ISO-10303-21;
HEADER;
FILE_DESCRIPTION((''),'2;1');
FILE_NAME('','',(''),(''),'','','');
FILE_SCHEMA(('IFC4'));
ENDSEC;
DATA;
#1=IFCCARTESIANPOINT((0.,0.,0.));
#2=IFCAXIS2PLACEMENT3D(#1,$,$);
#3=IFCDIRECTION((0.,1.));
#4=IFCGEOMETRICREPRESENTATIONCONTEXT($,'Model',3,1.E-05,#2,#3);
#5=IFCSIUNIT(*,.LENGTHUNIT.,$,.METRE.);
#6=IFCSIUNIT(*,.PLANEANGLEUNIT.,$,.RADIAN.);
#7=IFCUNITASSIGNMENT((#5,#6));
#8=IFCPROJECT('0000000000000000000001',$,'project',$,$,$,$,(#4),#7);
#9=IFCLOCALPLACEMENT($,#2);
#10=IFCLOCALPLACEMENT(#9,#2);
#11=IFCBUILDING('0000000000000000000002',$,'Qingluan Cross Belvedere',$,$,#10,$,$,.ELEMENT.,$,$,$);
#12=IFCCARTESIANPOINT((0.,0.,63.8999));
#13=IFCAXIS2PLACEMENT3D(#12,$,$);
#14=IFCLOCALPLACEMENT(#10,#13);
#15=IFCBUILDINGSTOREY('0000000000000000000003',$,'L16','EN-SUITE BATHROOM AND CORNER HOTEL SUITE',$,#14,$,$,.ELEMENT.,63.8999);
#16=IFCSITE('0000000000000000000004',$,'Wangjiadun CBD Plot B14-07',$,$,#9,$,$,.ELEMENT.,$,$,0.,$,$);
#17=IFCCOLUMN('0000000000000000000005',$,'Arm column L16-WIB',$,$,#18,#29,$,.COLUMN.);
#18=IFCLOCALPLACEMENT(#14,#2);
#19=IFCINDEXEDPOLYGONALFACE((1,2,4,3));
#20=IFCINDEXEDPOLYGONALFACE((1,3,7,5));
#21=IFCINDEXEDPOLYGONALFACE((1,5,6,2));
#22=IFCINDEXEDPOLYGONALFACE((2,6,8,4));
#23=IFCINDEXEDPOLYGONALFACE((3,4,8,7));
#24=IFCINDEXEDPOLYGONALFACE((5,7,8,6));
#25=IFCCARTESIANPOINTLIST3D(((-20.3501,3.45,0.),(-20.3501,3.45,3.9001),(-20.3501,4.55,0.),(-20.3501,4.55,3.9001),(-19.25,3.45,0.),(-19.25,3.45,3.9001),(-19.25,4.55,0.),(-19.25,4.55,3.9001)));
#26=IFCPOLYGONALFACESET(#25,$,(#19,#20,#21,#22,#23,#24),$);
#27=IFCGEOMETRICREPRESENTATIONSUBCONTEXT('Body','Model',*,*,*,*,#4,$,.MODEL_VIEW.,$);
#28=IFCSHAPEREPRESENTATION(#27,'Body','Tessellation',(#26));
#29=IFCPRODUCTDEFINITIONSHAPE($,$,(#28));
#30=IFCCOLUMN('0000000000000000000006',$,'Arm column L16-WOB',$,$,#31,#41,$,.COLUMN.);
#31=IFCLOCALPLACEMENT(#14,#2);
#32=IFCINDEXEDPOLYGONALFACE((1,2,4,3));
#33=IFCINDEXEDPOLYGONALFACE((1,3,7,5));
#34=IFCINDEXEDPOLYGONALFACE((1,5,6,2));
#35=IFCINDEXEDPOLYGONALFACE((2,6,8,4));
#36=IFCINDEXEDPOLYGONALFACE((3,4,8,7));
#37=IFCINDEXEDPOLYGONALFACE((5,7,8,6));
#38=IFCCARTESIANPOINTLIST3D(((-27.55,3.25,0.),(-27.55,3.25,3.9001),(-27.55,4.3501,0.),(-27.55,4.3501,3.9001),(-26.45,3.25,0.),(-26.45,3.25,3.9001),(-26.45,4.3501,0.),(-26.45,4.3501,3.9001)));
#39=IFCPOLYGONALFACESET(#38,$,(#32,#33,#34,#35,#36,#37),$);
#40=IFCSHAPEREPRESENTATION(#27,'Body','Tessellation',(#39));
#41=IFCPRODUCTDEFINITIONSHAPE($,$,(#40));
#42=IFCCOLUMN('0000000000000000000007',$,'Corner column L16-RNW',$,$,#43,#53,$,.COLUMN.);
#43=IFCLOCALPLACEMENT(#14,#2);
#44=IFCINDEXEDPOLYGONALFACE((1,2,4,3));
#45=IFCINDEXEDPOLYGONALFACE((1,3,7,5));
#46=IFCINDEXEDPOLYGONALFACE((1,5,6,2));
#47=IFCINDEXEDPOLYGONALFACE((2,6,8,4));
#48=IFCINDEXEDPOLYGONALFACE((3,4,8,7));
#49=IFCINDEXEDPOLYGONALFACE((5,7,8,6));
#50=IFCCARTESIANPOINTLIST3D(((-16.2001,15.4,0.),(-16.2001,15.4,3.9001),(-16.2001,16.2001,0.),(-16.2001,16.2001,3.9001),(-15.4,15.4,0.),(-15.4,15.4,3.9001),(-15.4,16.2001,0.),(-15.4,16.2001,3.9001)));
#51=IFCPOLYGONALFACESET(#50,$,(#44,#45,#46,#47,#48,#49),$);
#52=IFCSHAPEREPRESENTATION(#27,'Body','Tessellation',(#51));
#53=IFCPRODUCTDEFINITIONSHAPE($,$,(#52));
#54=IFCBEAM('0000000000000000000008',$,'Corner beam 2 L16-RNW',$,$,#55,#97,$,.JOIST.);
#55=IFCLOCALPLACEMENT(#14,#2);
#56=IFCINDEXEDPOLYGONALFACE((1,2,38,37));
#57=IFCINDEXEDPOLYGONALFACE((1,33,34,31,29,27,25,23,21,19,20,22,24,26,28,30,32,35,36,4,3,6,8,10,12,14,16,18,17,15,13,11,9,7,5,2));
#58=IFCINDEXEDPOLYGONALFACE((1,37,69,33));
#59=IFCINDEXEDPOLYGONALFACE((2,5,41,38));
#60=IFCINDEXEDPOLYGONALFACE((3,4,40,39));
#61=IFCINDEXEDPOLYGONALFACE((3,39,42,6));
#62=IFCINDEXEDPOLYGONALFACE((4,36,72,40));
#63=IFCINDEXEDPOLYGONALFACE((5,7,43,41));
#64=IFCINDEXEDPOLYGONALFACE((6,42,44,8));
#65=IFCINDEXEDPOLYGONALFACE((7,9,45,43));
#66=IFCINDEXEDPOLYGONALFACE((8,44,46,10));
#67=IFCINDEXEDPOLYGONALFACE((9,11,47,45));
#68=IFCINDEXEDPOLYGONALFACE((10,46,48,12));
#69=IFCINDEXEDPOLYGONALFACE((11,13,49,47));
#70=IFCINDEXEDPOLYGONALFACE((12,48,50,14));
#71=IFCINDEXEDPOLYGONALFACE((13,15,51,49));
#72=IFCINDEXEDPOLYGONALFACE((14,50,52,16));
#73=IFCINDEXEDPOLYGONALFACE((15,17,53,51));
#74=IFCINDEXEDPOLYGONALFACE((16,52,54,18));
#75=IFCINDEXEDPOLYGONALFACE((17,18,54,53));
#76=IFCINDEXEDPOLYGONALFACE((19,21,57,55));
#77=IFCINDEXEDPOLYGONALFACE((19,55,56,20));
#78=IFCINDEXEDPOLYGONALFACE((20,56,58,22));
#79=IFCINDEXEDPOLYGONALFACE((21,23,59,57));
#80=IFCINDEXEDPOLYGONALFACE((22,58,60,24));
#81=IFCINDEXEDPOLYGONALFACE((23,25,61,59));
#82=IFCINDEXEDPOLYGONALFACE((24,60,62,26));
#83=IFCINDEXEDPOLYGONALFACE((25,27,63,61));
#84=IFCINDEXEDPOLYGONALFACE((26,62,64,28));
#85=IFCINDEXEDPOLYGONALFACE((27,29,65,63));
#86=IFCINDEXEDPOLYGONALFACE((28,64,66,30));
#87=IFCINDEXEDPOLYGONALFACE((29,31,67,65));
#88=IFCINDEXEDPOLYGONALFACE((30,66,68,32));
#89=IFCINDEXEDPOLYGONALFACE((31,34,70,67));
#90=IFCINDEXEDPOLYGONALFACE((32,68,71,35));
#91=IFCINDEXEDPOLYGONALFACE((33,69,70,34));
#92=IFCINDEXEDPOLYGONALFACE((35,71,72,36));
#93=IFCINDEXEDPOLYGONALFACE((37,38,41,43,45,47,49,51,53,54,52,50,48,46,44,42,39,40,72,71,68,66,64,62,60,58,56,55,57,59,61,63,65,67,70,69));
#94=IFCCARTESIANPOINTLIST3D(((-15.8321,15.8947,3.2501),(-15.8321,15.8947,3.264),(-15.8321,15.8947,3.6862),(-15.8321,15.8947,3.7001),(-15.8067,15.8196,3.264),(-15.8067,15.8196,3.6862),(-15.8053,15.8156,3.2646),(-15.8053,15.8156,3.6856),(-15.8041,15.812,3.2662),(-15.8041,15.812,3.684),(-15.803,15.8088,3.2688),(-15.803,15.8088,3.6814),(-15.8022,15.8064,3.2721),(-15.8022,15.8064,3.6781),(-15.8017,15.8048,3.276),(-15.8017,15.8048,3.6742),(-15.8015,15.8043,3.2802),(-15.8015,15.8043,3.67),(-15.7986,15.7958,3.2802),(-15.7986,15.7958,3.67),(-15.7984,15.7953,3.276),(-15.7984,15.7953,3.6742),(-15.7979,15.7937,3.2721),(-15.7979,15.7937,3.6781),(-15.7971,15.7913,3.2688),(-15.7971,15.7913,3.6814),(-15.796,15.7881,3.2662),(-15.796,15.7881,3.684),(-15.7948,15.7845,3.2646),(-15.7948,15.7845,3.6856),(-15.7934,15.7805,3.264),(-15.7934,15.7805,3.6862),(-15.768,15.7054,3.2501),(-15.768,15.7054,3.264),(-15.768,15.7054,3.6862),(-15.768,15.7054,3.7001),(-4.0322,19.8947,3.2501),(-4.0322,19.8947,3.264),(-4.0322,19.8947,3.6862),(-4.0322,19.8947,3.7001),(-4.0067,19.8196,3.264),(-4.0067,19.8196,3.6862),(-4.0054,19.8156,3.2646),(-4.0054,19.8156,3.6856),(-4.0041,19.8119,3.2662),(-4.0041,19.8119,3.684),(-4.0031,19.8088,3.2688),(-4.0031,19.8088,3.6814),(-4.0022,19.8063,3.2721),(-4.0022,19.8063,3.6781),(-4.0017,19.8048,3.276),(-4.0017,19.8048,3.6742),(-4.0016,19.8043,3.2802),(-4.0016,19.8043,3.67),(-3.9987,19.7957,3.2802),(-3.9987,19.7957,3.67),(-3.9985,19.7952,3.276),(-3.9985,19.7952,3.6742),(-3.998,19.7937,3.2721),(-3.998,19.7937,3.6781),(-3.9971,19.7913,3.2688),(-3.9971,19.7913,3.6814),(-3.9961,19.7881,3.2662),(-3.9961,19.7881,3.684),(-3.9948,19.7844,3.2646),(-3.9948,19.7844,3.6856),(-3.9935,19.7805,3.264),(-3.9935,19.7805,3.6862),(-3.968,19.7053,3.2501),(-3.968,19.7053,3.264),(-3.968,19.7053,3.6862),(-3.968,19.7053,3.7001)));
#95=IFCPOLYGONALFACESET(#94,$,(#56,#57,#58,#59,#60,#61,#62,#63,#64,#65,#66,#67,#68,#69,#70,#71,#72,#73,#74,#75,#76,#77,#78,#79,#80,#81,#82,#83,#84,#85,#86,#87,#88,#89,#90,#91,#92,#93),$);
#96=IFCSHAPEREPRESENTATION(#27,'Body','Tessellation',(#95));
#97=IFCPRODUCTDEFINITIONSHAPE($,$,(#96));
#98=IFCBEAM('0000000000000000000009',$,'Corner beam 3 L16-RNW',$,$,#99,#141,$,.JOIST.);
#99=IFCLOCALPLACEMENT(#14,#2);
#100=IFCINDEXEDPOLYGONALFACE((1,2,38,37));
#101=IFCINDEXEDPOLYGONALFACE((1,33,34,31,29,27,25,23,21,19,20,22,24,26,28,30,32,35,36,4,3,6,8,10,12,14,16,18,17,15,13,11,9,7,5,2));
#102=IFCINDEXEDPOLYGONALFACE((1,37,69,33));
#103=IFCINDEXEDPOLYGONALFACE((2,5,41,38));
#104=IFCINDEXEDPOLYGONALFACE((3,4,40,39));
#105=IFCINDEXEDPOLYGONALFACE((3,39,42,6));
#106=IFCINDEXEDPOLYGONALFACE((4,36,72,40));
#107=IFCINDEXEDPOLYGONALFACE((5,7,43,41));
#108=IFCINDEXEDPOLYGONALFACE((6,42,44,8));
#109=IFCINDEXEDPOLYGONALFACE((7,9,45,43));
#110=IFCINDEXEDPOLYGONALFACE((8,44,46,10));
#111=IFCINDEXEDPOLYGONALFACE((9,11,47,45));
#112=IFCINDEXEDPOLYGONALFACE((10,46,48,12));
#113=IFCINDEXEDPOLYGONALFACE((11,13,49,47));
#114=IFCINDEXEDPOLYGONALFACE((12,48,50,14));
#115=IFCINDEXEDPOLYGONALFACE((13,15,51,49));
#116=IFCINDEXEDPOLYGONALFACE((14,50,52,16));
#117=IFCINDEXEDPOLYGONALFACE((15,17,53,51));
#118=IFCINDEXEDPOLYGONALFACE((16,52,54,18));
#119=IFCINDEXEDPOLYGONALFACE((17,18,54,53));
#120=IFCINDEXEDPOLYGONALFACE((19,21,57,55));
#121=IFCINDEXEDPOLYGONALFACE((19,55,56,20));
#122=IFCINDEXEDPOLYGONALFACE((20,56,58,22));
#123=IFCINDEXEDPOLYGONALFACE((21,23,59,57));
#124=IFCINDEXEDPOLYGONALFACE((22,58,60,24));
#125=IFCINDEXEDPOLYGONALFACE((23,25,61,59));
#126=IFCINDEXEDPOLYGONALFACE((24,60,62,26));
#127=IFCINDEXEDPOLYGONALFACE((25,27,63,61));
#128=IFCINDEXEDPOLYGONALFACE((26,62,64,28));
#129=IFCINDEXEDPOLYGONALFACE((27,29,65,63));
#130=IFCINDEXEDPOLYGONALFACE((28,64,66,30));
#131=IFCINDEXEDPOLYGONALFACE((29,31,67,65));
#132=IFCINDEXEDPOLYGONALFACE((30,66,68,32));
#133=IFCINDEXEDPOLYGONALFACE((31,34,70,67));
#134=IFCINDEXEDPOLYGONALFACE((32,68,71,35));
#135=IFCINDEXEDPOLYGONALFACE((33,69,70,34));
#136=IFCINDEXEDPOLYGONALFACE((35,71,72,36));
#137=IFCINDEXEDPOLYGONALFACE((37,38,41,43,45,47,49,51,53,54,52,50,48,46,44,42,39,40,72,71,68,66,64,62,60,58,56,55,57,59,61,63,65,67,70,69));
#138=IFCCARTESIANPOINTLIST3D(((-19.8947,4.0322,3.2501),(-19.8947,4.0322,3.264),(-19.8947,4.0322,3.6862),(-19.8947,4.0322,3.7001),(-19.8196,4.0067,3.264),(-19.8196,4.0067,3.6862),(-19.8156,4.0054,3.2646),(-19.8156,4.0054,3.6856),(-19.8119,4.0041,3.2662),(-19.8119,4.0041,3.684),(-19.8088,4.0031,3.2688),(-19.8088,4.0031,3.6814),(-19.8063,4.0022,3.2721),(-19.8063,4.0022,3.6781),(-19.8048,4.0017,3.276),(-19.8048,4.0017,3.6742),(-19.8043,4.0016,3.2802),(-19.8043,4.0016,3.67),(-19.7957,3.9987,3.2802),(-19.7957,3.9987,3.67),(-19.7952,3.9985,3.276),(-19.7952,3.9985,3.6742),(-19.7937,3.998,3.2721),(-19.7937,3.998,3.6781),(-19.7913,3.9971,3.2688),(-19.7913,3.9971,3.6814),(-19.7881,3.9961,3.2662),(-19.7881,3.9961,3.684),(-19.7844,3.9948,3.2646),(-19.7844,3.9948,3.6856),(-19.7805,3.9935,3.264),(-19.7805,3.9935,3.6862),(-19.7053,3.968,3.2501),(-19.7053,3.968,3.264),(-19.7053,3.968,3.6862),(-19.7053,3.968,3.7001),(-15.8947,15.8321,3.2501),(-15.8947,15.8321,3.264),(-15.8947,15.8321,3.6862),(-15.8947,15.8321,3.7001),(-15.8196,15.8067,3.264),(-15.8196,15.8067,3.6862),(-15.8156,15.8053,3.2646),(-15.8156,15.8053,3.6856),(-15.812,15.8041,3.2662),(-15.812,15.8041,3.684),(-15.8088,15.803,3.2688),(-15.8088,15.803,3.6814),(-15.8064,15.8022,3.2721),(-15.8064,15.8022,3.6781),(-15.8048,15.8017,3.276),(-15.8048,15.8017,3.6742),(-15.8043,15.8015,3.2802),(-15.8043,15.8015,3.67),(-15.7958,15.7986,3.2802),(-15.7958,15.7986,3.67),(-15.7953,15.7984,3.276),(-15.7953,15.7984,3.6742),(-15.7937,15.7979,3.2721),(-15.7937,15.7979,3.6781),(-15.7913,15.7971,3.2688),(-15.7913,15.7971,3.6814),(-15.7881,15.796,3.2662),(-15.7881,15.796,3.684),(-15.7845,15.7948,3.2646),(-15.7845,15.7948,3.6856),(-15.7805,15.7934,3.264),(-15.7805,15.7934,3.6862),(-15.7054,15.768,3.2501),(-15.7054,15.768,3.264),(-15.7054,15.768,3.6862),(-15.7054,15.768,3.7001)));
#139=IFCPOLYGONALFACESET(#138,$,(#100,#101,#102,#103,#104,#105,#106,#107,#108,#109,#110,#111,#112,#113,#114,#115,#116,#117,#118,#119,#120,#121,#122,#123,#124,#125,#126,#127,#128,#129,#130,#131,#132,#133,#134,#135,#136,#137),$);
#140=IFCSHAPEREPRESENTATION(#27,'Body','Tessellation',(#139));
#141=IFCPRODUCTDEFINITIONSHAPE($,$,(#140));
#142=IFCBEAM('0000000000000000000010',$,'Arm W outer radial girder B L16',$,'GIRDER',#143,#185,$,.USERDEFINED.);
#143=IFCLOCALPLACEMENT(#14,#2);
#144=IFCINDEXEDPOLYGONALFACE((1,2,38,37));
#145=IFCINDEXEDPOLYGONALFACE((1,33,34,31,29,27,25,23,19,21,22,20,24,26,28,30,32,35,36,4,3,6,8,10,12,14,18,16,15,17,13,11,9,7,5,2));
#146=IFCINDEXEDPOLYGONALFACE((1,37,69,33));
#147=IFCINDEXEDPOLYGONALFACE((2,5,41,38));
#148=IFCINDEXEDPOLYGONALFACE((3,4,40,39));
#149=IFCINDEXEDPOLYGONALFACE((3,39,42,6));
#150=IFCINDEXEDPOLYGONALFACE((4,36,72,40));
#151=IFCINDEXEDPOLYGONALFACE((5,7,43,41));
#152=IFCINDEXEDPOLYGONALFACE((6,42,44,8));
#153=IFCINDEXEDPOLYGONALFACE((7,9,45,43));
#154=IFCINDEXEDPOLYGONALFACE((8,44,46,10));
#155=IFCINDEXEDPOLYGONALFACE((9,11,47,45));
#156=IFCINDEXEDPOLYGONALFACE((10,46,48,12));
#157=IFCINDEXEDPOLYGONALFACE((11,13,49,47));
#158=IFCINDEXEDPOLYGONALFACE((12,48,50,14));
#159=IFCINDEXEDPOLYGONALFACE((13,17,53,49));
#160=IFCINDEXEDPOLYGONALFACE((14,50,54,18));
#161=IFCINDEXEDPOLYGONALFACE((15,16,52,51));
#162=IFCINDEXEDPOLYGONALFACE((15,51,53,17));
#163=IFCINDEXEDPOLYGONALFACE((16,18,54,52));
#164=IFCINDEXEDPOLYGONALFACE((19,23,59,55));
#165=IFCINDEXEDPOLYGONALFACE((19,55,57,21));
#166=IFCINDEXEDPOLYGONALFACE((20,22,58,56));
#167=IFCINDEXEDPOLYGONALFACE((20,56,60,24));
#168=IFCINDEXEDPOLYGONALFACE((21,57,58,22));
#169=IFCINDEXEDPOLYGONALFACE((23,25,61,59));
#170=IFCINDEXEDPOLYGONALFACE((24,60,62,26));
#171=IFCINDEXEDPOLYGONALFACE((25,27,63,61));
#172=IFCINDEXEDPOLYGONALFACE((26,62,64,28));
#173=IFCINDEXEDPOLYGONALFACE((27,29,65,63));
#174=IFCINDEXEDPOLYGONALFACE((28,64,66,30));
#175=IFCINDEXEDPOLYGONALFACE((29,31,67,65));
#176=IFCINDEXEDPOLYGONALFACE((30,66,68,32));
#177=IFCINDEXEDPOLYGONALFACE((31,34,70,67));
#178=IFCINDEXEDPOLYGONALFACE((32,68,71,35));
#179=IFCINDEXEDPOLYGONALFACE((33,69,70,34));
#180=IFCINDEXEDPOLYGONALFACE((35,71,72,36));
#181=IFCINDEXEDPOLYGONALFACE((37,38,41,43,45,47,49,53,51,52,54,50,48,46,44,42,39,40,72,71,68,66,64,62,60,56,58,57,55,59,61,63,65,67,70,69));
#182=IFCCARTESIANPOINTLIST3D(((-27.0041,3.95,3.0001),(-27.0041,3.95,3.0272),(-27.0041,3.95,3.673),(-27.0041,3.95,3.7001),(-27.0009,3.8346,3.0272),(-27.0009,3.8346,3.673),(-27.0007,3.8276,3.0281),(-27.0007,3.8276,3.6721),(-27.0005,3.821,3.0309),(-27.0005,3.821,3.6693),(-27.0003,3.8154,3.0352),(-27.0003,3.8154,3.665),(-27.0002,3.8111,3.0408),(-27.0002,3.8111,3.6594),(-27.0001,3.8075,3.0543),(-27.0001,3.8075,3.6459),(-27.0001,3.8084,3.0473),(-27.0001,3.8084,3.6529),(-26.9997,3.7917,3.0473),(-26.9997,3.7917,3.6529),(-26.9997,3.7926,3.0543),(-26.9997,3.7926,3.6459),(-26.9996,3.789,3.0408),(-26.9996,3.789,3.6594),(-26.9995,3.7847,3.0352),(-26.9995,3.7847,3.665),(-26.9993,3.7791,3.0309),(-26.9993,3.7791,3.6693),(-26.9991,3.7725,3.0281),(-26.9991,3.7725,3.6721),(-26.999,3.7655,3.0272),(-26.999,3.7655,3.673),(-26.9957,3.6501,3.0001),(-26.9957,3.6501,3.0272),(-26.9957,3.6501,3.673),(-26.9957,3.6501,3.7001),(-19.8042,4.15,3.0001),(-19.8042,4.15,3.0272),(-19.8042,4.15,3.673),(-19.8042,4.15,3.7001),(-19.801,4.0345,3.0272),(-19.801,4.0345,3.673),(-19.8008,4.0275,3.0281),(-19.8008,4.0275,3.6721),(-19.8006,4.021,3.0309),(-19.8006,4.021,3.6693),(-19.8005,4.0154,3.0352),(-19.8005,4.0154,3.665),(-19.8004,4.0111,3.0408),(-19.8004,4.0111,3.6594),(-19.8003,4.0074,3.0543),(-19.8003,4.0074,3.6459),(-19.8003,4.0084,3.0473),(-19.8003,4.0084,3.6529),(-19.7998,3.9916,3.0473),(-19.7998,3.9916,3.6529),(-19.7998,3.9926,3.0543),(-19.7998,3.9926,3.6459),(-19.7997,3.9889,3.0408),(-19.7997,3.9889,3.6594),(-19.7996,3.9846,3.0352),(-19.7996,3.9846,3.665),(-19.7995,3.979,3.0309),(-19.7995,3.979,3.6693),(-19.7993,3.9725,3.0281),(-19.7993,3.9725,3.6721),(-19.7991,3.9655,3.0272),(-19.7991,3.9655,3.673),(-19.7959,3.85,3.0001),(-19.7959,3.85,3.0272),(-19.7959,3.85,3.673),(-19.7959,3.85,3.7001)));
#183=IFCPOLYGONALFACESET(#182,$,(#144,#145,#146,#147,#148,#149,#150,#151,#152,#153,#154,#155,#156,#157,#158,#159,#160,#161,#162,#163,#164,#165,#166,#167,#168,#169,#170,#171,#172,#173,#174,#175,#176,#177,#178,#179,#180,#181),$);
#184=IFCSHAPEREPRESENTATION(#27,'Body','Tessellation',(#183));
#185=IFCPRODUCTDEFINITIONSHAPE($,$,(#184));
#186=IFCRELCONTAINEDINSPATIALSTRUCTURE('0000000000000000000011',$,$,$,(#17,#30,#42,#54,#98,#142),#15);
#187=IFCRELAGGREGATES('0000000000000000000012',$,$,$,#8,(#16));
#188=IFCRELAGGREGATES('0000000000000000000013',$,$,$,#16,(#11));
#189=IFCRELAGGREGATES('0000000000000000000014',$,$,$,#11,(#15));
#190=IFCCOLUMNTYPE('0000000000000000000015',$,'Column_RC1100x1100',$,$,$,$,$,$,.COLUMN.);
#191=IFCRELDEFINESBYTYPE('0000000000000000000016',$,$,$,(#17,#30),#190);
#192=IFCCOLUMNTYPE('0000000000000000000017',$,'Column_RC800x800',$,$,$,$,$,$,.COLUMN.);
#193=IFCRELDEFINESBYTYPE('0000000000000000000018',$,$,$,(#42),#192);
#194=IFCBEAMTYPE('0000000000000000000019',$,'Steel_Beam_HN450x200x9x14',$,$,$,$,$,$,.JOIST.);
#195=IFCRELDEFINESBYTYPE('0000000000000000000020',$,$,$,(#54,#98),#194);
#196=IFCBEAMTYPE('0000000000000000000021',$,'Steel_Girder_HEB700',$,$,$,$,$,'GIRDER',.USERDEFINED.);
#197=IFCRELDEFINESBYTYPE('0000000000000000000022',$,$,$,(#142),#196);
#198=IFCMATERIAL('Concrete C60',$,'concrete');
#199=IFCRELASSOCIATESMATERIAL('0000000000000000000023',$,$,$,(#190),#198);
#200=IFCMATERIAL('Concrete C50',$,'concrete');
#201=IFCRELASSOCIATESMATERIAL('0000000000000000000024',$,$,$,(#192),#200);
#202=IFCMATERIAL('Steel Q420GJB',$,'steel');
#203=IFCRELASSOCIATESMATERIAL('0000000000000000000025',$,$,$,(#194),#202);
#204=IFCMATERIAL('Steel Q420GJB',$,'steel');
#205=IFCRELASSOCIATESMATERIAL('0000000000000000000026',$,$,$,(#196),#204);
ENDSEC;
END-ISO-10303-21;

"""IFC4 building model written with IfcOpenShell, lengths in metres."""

from ifc_helpers import new_model, si_unit, direction, frame, origin, origin_2d, place, context, subcontext, project, spatial, rectangle, i_section, extrude, material, material_profile, profile_set, type_object, element, save


model = new_model("IFC4")

# Units and contexts
model_context = context("Model", 3, precision=1e-05, world=origin(), true_north=direction((0.0, 1.0)))
body_context = subcontext(model_context, "Body", "Model", "MODEL_VIEW")
ifc_project = project(units=[si_unit("LENGTHUNIT", "METRE"), si_unit("PLANEANGLEUNIT", "RADIAN")], contexts=[model_context])

# Site, building, storey
site_placement = place(None, origin())
site = spatial("IfcSite", under=ifc_project, at=site_placement, Name="Wangjiadun CBD Plot B14-07", CompositionType="ELEMENT", RefElevation=0.0)
building_placement = place(site_placement, origin())
building = spatial("IfcBuilding", under=site, at=building_placement, Name="Qingluan Cross Belvedere", CompositionType="ELEMENT")
storey_placement = place(building_placement, frame((0.0, 0.0, 63.8999)))
storey = spatial("IfcBuildingStorey", under=building, at=storey_placement, Name="L16", Description="EN-SUITE BATHROOM AND CORNER HOTEL SUITE", CompositionType="ELEMENT", Elevation=63.8999)

# Columns
ifc_material_1 = material(Name="Concrete C60", Category="concrete")
ifc_material_profile_1 = material_profile(ifc_material_1, rectangle(XDim=1.1001, YDim=1.1001, at=origin_2d()), Name="RC1100x1100")
ifc_profile_set_1 = profile_set([ifc_material_profile_1], Name="Concrete C60")
column_type_1 = type_object("IfcColumnType", Name="Column_RC1100x1100", PredefinedType="COLUMN", material=ifc_profile_set_1)
for number, where, z_axis, x_axis, name in (
    (1, (-19.8, 4.0, 0.0), (0.0, 0.0, 1.0), (1.0, 0.0, 0.0), "Arm column L16-WIB"),
    (2, (-27.0, 3.8, 0.0), (0.0, 0.0, 1.0), (1.0, 0.0, 0.0), "Arm column L16-WOB"),
):
    element("IfcColumn", number, at=place(storey_placement, frame(where, z_axis=z_axis, x_axis=x_axis)), inside=storey, type_object=column_type_1, Name=name, PredefinedType="COLUMN", context=body_context, shape_type="SweptSolid", body=[
        extrude(rectangle(XDim=1.1001, YDim=1.1001, at=origin_2d()), origin(), (0.0, 0.0, 1.0), 3.9001),
    ])
ifc_material_2 = material(Name="Concrete C50", Category="concrete")
ifc_material_profile_2 = material_profile(ifc_material_2, rectangle(XDim=0.8, YDim=0.8, at=origin_2d()), Name="RC800x800")
ifc_profile_set_2 = profile_set([ifc_material_profile_2], Name="Concrete C50")
column_type_2 = type_object("IfcColumnType", Name="Column_RC800x800", PredefinedType="COLUMN", material=ifc_profile_set_2)
column_placement = place(storey_placement, frame((-15.8, 15.8, 0.0), z_axis=(0.0, 0.0, 1.0), x_axis=(1.0, 0.0, 0.0)))
element("IfcColumn", 3, at=column_placement, inside=storey, type_object=column_type_2, Name="Corner column L16-RNW", PredefinedType="COLUMN", context=body_context, shape_type="SweptSolid", body=[
    extrude(rectangle(XDim=0.8, YDim=0.8, at=origin_2d()), origin(), (0.0, 0.0, 1.0), 3.9001),
])

# Beams
ifc_material_3 = material(Name="Steel Q420GJB", Category="steel")
ifc_material_profile_3 = material_profile(ifc_material_3, i_section(OverallWidth=0.2, OverallDepth=0.45, WebThickness=0.009, FlangeThickness=0.0139, FilletRadius=0.0161, at=origin_2d()), Name="HN450x200x9x14")
ifc_profile_set_3 = profile_set([ifc_material_profile_3], Name="Steel Q420GJB")
beam_type_1 = type_object("IfcBeamType", Name="Steel_Beam_HN450x200x9x14", PredefinedType="JOIST", material=ifc_profile_set_3)
for number, where, z_axis, x_axis, name in (
    (4, (-15.8, 15.8, 3.4751), (0.947066, 0.321038, 0.0), (-0.321038, 0.947066, 0.0), "Corner beam 2 L16-RNW"),
    (5, (-15.8, 15.8, 3.4751), (-0.321038, -0.947066, 0.0), (0.947066, -0.321038, 0.0), "Corner beam 3 L16-RNW"),
):
    element("IfcBeam", number, at=place(storey_placement, frame(where, z_axis=z_axis, x_axis=x_axis)), inside=storey, type_object=beam_type_1, Name=name, PredefinedType="JOIST", context=body_context, shape_type="SweptSolid", body=[
        extrude(i_section(OverallWidth=0.2, OverallDepth=0.45, WebThickness=0.009, FlangeThickness=0.0139, FilletRadius=0.0161, at=origin_2d()), origin(), (0.0, 0.0, 1.0), 12.4595),
    ])
ifc_material_4 = material(Name="Steel Q420GJB", Category="steel")
ifc_material_profile_4 = material_profile(ifc_material_4, i_section(OverallWidth=0.3, OverallDepth=0.7, WebThickness=0.0149, FlangeThickness=0.0271, FilletRadius=0.0271, at=origin_2d()), Name="HEB700")
ifc_profile_set_4 = profile_set([ifc_material_profile_4], Name="Steel Q420GJB")
beam_type_2 = type_object("IfcBeamType", Name="Steel_Girder_HEB700", ElementType="GIRDER", PredefinedType="USERDEFINED", material=ifc_profile_set_4)
beam_placement = place(storey_placement, frame((-19.8, 4.0, 3.3501), z_axis=(-0.999615, -0.02776, 0.0), x_axis=(0.02776, -0.999615, 0.0)))
element("IfcBeam", 6, at=beam_placement, inside=storey, type_object=beam_type_2, Name="Arm W outer radial girder B L16", ObjectType="GIRDER", PredefinedType="USERDEFINED", context=body_context, shape_type="SweptSolid", body=[
    extrude(i_section(OverallWidth=0.3, OverallDepth=0.7, WebThickness=0.0149, FlangeThickness=0.0271, FilletRadius=0.0271, at=origin_2d()), origin(), (0.0, 0.0, 1.0), 7.2026),
])

save(model, "model.ifc")
